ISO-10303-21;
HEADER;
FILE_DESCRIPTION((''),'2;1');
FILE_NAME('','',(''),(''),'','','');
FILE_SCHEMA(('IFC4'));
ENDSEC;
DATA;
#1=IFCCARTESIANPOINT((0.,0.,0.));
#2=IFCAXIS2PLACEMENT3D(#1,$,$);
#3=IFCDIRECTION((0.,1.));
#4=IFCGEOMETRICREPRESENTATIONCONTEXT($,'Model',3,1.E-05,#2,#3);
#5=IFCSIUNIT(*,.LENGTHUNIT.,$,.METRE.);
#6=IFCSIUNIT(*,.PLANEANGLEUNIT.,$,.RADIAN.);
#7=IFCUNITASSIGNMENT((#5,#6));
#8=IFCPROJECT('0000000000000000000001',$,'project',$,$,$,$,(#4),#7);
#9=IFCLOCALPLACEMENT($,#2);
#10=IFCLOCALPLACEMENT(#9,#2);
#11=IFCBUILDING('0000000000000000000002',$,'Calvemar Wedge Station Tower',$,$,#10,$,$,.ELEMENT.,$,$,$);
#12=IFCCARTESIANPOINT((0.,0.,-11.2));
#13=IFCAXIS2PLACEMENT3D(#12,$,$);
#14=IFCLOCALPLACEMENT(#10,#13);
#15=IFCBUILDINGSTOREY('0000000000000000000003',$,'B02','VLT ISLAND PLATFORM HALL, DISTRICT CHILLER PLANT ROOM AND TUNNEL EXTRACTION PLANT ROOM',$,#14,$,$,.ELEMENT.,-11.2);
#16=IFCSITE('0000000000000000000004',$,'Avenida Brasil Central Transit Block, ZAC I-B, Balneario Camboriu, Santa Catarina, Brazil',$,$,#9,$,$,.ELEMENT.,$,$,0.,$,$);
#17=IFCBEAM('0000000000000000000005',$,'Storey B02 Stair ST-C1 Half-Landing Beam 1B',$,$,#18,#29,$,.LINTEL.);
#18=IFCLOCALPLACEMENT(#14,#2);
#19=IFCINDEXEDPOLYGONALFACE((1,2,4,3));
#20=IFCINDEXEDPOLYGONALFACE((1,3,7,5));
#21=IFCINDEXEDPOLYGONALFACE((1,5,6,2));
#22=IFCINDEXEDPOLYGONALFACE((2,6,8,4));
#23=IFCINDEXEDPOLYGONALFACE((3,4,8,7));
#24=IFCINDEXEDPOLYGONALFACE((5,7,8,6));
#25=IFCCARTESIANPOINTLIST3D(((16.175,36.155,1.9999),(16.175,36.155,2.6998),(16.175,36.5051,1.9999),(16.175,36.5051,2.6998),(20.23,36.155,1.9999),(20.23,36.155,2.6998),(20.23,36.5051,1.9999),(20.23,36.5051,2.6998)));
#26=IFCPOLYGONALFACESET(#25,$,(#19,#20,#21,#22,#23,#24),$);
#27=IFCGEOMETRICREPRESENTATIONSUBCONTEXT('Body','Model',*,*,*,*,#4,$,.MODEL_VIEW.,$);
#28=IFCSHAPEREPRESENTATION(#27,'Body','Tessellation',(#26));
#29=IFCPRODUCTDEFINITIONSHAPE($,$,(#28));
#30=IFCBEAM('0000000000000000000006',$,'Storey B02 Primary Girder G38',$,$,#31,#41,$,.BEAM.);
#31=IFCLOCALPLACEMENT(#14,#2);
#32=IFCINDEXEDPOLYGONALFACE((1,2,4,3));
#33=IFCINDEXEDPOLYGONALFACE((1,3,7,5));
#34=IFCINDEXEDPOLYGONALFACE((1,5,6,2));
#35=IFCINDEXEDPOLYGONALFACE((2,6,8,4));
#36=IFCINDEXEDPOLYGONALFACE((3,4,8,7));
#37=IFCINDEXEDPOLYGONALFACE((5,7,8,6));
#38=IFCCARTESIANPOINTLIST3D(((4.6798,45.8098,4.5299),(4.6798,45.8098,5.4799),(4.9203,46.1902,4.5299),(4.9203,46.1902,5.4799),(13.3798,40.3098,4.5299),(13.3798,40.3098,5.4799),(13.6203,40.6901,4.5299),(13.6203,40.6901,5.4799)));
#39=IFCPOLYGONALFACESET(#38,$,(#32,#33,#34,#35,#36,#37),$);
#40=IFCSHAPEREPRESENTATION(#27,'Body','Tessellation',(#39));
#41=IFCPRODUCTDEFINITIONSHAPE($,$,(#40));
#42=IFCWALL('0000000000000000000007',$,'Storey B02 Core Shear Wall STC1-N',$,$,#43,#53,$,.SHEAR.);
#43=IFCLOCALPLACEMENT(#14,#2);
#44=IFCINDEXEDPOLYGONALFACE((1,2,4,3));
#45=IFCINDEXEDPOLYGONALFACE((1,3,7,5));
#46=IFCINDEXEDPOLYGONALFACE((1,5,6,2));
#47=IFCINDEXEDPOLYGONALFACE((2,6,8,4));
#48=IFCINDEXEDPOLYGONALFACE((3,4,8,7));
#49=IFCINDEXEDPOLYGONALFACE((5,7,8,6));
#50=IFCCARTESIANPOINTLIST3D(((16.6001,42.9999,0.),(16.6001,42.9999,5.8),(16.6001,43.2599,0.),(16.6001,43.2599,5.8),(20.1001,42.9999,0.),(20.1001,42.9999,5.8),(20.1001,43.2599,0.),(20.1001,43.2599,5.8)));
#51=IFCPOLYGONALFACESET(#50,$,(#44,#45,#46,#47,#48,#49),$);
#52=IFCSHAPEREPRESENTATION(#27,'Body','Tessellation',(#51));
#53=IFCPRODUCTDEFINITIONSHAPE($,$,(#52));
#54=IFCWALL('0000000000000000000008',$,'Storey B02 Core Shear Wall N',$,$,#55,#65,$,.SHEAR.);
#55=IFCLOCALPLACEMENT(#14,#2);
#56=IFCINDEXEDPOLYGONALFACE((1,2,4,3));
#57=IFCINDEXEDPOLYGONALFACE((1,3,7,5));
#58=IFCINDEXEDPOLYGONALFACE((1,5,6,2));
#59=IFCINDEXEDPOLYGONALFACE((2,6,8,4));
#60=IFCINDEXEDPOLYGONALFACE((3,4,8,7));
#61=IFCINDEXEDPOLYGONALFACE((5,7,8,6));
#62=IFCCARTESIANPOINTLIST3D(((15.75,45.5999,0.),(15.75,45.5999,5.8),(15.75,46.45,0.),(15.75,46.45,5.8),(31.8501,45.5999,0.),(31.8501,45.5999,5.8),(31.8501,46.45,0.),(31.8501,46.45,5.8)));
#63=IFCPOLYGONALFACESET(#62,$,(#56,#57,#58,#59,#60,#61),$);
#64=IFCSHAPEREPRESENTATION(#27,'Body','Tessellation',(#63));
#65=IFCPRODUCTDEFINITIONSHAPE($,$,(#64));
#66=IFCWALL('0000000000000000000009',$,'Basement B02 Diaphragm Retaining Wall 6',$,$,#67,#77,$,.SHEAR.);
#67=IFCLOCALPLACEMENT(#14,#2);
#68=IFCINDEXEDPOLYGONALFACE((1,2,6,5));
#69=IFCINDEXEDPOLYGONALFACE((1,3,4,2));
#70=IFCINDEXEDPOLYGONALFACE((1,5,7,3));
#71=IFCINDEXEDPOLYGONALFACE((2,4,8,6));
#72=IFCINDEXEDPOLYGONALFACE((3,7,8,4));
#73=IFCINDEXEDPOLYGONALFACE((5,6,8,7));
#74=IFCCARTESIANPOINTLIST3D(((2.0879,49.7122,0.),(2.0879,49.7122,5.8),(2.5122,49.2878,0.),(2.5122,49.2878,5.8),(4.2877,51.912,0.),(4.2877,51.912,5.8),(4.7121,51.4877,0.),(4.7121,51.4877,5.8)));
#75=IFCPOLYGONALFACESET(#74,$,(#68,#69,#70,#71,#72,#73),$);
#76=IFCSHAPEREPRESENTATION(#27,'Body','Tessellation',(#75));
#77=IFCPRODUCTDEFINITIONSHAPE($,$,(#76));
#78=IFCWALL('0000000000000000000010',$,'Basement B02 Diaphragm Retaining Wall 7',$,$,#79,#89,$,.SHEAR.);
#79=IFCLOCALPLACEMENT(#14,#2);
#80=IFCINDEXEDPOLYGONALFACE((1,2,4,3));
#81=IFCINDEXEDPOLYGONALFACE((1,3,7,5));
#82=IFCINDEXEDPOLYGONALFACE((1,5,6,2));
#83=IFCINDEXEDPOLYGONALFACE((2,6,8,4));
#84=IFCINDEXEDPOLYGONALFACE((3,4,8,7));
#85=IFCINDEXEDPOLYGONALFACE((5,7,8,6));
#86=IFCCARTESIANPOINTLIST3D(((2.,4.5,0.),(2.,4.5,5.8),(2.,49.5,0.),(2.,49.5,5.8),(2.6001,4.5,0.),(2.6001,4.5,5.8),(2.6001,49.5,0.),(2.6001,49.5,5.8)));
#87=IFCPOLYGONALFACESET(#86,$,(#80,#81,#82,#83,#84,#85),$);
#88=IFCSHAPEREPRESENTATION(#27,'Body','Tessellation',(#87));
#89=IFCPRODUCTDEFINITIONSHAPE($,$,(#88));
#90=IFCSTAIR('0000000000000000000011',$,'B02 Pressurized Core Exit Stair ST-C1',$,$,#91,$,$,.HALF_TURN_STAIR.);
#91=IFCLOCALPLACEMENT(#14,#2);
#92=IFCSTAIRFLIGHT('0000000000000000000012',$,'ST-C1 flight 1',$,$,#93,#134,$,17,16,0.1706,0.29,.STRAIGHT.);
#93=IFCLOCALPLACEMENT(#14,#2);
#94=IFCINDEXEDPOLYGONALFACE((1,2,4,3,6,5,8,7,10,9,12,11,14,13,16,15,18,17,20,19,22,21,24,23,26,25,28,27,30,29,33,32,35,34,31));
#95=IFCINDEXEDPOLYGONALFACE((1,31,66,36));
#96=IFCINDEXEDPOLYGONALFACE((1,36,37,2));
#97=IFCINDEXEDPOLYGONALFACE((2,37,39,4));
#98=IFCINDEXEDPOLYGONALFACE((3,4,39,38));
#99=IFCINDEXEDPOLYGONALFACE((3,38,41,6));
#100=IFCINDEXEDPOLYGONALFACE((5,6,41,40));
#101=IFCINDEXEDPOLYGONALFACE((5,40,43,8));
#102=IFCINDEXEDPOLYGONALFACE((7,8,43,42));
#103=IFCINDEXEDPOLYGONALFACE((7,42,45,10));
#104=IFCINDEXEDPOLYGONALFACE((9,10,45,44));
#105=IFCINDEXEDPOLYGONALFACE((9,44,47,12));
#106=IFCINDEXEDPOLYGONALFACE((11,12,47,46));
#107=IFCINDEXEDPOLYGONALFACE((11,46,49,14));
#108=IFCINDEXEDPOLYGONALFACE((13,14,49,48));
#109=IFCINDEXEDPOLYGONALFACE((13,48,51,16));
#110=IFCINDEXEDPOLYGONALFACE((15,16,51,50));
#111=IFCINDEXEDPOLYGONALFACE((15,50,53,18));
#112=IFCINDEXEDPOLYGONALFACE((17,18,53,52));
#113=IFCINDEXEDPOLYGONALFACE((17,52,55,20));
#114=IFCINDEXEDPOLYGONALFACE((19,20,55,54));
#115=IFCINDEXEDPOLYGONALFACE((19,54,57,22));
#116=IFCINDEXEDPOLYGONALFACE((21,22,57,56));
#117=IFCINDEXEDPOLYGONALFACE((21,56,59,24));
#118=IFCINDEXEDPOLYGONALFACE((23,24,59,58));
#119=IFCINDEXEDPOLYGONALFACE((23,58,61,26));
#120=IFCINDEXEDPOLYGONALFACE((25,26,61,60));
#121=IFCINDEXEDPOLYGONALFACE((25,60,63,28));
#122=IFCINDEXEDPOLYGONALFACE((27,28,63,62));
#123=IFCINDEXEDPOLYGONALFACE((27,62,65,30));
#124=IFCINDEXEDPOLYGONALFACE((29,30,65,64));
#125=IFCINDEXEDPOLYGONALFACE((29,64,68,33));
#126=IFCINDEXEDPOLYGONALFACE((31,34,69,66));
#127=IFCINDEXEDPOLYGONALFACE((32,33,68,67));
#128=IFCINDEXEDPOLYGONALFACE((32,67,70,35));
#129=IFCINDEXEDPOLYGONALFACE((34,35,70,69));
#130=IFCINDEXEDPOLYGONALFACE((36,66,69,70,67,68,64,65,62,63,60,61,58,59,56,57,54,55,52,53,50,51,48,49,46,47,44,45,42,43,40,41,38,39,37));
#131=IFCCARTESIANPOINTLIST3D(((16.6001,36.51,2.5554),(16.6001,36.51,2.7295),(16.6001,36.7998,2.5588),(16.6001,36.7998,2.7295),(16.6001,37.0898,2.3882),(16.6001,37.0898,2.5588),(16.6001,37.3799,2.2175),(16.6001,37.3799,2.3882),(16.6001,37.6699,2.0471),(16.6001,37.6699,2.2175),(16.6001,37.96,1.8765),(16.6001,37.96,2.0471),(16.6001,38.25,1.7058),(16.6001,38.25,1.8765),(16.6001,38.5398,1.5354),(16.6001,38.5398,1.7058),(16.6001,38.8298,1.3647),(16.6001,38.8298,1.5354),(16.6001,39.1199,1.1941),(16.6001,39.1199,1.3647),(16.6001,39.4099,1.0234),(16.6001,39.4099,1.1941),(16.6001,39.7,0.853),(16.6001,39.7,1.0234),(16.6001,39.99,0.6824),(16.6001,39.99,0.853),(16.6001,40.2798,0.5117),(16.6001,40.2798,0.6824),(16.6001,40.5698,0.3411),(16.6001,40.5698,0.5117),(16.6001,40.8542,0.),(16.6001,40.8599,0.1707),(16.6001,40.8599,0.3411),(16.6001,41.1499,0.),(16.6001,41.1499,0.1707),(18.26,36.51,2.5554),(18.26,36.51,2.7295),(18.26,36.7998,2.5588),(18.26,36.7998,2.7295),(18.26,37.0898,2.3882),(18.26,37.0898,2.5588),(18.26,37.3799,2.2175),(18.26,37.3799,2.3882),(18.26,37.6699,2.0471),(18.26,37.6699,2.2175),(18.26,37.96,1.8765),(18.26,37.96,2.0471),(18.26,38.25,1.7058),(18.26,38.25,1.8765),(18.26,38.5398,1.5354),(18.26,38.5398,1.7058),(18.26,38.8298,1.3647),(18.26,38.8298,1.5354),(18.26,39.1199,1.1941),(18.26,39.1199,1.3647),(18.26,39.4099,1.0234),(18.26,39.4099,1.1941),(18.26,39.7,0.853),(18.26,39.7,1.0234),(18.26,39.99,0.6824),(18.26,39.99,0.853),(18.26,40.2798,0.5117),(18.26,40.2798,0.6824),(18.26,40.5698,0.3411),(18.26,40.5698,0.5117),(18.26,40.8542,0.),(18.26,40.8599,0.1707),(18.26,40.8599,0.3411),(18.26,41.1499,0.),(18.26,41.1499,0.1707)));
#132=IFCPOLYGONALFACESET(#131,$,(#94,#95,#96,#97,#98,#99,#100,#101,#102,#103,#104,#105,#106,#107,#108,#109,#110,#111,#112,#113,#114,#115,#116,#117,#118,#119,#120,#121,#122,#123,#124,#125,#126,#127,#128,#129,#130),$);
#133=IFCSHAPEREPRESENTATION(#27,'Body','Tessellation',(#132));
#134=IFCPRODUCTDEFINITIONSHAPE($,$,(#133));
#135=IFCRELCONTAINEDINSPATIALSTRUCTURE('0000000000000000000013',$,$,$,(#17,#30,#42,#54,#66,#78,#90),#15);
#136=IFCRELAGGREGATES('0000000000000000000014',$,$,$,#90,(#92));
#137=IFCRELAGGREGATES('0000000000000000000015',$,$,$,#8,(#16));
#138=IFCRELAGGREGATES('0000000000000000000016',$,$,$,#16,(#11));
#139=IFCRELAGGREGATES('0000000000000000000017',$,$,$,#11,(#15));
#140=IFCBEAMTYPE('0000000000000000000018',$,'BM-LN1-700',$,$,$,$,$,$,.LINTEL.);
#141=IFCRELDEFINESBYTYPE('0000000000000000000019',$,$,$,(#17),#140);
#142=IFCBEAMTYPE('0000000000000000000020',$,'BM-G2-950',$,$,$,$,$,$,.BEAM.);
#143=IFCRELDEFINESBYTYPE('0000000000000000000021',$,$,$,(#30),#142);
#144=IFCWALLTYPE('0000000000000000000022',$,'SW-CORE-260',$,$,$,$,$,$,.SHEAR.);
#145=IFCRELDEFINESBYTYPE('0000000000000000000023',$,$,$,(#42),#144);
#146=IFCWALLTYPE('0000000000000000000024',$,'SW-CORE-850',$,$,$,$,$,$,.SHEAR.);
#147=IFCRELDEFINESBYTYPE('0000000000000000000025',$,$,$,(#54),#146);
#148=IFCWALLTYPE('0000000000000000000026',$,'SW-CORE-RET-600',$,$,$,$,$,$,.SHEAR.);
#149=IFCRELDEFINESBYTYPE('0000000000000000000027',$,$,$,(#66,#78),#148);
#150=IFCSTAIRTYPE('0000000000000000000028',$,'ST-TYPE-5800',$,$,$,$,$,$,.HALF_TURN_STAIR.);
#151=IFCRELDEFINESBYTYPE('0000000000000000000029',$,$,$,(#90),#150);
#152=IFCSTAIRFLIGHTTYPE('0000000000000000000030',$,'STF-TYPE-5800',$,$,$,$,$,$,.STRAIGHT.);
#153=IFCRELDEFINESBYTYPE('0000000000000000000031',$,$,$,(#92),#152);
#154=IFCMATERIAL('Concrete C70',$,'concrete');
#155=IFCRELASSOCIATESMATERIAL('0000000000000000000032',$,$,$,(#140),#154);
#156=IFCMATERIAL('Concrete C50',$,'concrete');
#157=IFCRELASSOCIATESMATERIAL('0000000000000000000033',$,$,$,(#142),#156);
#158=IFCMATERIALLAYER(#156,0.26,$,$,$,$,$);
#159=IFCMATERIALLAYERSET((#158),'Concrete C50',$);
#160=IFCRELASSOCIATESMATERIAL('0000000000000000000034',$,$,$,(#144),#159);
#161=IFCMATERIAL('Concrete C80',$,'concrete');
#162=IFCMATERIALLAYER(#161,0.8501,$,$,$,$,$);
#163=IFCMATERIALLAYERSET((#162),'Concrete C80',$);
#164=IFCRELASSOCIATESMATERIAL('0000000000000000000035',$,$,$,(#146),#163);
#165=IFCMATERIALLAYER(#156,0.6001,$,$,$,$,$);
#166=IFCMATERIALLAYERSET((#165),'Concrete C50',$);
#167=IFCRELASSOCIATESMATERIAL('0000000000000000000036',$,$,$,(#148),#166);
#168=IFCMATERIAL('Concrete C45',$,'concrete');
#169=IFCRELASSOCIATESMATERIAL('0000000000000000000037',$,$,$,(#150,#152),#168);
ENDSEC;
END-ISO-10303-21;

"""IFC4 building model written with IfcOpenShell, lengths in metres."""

from ifc_helpers import new_model, si_unit, direction, frame, frame_2d, origin, origin_2d, place, context, subcontext, project, spatial, polyline, rectangle, outline, extrude, source, transform, mapped, material, layer, layer_set, material_profile, profile_set, type_object, element, aggregate, save


model = new_model("IFC4")

# Units and contexts
model_context = context("Model", 3, precision=1e-05, world=origin(), true_north=direction((0.0, 1.0)))
body_context = subcontext(model_context, "Body", "Model", "MODEL_VIEW")
ifc_project = project(units=[si_unit("LENGTHUNIT", "METRE"), si_unit("PLANEANGLEUNIT", "RADIAN")], contexts=[model_context])

# Site, building, storey
site_placement = place(None, origin())
site = spatial("IfcSite", under=ifc_project, at=site_placement, Name="Avenida Brasil Central Transit Block, ZAC I-B, Balneario Camboriu, Santa Catarina, Brazil", CompositionType="ELEMENT", RefElevation=0.0)
building_placement = place(site_placement, origin())
building = spatial("IfcBuilding", under=site, at=building_placement, Name="Calvemar Wedge Station Tower", CompositionType="ELEMENT")
storey_placement = place(building_placement, frame((0.0, 0.0, -11.2)))
storey = spatial("IfcBuildingStorey", under=building, at=storey_placement, Name="B02", Description="VLT ISLAND PLATFORM HALL, DISTRICT CHILLER PLANT ROOM AND TUNNEL EXTRACTION PLANT ROOM", CompositionType="ELEMENT", Elevation=-11.2)

# Shared definitions
ifc_material_1 = material(Name="Concrete C45", Category="concrete")

# Shared definitions
ifc_material_2 = material(Name="Concrete C70", Category="concrete")

# Beams
ifc_material_profile_1 = material_profile(ifc_material_2, rectangle(XDim=0.3501, YDim=0.7, at=origin_2d()), Name="RC350x700")
ifc_profile_set_1 = profile_set([ifc_material_profile_1], Name="Concrete C70")
beam_type_1 = type_object("IfcBeamType", Name="BM-LN1-700", PredefinedType="LINTEL", material=ifc_profile_set_1)
shared_shape_1 = source(origin(), body_context, "Body", "SweptSolid", [
    extrude(rectangle(XDim=0.3501, YDim=0.7, at=origin_2d()), origin(), (0.0, 0.0, 1.0), 4.0549),
])
for number, where, z_axis, x_axis, name in (
    (1, (16.175, 36.3301, 2.3499), (1.0, 0.0, 0.0), (0.0, 1.0, 0.0), "Storey B02 Stair ST-C1 Half-Landing Beam 1B"),
):
    element("IfcBeam", number, at=place(storey_placement, frame(where, z_axis=z_axis, x_axis=x_axis)), inside=storey, type_object=beam_type_1, Name=name, PredefinedType="LINTEL", context=body_context, shape_type="MappedRepresentation", body=[
        mapped(shared_shape_1, transform((0.0, 0.0, 0.0), scale=1.0)),
    ])
ifc_material_3 = material(Name="Concrete C50", Category="concrete")
ifc_material_profile_2 = material_profile(ifc_material_3, rectangle(XDim=0.45, YDim=0.95, at=origin_2d()), Name="RC450x950")
ifc_profile_set_2 = profile_set([ifc_material_profile_2], Name="Concrete C50")
beam_type_2 = type_object("IfcBeamType", Name="BM-G2-950", PredefinedType="BEAM", material=ifc_profile_set_2)
shared_shape_2 = source(origin(), body_context, "Body", "SweptSolid", [
    extrude(rectangle(XDim=0.45, YDim=0.95, at=origin_2d()), origin(), (0.0, 0.0, 1.0), 10.2927),
])
beam_placement = place(storey_placement, frame((4.8, 46.0, 5.0049), z_axis=(0.845257, -0.534361, 0.0), x_axis=(0.534361, 0.845257, 0.0)))
element("IfcBeam", 2, at=beam_placement, inside=storey, type_object=beam_type_2, Name="Storey B02 Primary Girder G38", PredefinedType="BEAM", context=body_context, shape_type="MappedRepresentation", body=[
    mapped(shared_shape_2, transform((0.0, 0.0, 0.0), scale=1.0)),
])

# Walls
ifc_layer_1 = layer(ifc_material_3, 0.26)
ifc_layer_set_1 = layer_set([ifc_layer_1], Name="Concrete C50")
wall_type_1 = type_object("IfcWallType", Name="SW-CORE-260", PredefinedType="SHEAR", material=ifc_layer_set_1)
wall_1_placement = place(storey_placement, frame((16.6001, 43.1299, 0.0), z_axis=(0.0, 0.0, 1.0), x_axis=(1.0, 0.0, 0.0)))
element("IfcWall", 3, at=wall_1_placement, inside=storey, type_object=wall_type_1, Name="Storey B02 Core Shear Wall STC1-N", PredefinedType="SHEAR", context=body_context, shape_type="SweptSolid", body=[
    extrude(rectangle(XDim=3.5, YDim=0.26, at=frame_2d((1.75, 0.0))), origin(), (0.0, 0.0, 1.0), 5.8),
])
ifc_material_4 = material(Name="Concrete C80", Category="concrete")
ifc_layer_2 = layer(ifc_material_4, 0.8501)
ifc_layer_set_2 = layer_set([ifc_layer_2], Name="Concrete C80")
wall_type_2 = type_object("IfcWallType", Name="SW-CORE-850", PredefinedType="SHEAR", material=ifc_layer_set_2)
wall_2_placement = place(storey_placement, frame((15.75, 46.0249, 0.0), z_axis=(0.0, 0.0, 1.0), x_axis=(1.0, 0.0, 0.0)))
element("IfcWall", 4, at=wall_2_placement, inside=storey, type_object=wall_type_2, Name="Storey B02 Core Shear Wall N", PredefinedType="SHEAR", context=body_context, shape_type="SweptSolid", body=[
    extrude(rectangle(XDim=16.1001, YDim=0.8501, at=frame_2d((8.05, 0.0))), origin(), (0.0, 0.0, 1.0), 5.8),
])

# Walls
ifc_layer_3 = layer(ifc_material_3, 0.6001)
ifc_layer_set_3 = layer_set([ifc_layer_3], Name="Concrete C50")
wall_type_3 = type_object("IfcWallType", Name="SW-CORE-RET-600", PredefinedType="SHEAR", material=ifc_layer_set_3)
wall_3_placement = place(storey_placement, frame((4.5, 51.7, 0.0), z_axis=(0.0, 0.0, 1.0), x_axis=(-0.707107, -0.707107, 0.0)))
element("IfcWall", 5, at=wall_3_placement, inside=storey, type_object=wall_type_3, Name="Basement B02 Diaphragm Retaining Wall 6", PredefinedType="SHEAR", context=body_context, shape_type="SweptSolid", body=[
    extrude(rectangle(XDim=3.1111, YDim=0.6001, at=frame_2d((1.5557, 0.0))), origin(), (0.0, 0.0, 1.0), 5.8),
])
wall_4_placement = place(storey_placement, frame((2.3, 49.5, 0.0), z_axis=(0.0, 0.0, 1.0), x_axis=(0.0, -1.0, 0.0)))
element("IfcWall", 6, at=wall_4_placement, inside=storey, type_object=wall_type_3, Name="Basement B02 Diaphragm Retaining Wall 7", PredefinedType="SHEAR", context=body_context, shape_type="SweptSolid", body=[
    extrude(rectangle(XDim=45.0, YDim=0.6001, at=frame_2d((22.5, 0.0))), origin(), (0.0, 0.0, 1.0), 5.8),
])

# Stair, stair flight
stair_type = type_object("IfcStairType", Name="ST-TYPE-5800", PredefinedType="HALF_TURN_STAIR", material=ifc_material_1)
stair_placement = place(storey_placement, origin())
stair = element("IfcStair", 7, at=stair_placement, inside=storey, type_object=stair_type, Name="B02 Pressurized Core Exit Stair ST-C1", PredefinedType="HALF_TURN_STAIR")
stair_flight_type = type_object("IfcStairFlightType", Name="STF-TYPE-5800", PredefinedType="STRAIGHT", material=ifc_material_1)
stair_flight_placement = place(storey_placement, frame((17.4299, 41.1499, 0.0), z_axis=(0.0, 0.0, 1.0), x_axis=(0.0, -1.0, 0.0)))
stair_flight = element("IfcStairFlight", 8, at=stair_flight_placement, type_object=stair_flight_type, Name="ST-C1 flight 1", NumberOfRisers=17, NumberOfTreads=16, PredefinedType="STRAIGHT", RiserHeight=0.1706, TreadLength=0.29, context=body_context, shape_type="SweptSolid", body=[
    extrude(outline(polyline([(0.0, 0.0), (0.0, 0.1707), (0.29, 0.1707), (0.29, 0.3411), (0.5801, 0.3411), (0.5801, 0.5117), (0.8701, 0.5117), (0.8701, 0.6824), (1.1599, 0.6824), (1.1599, 0.853), (1.45, 0.853), (1.45, 1.0234), (1.74, 1.0234), (1.74, 1.1941), (2.03, 1.1941), (2.03, 1.3647), (2.3201, 1.3647), (2.3201, 1.5354), (2.6101, 1.5354), (2.6101, 1.7058), (2.8999, 1.7058), (2.8999, 1.8765), (3.1899, 1.8765), (3.1899, 2.0471), (3.48, 2.0471), (3.48, 2.2175), (3.77, 2.2175), (3.77, 2.3882), (4.0601, 2.3882), (4.0601, 2.5588), (4.3501, 2.5588), (4.3501, 2.7295), (4.6399, 2.7295), (4.6399, 2.8999), (4.6399, 2.5554), (0.2957, 0.0), (0.0, 0.0)])), frame((0.0, 0.8301, 0.0), z_axis=(0.0, -1.0, 0.0), x_axis=(1.0, 0.0, 0.0)), (0.0, 0.0, 1.0), 1.6599),
])
aggregate(stair, [stair_flight])

save(model, "model.ifc")
